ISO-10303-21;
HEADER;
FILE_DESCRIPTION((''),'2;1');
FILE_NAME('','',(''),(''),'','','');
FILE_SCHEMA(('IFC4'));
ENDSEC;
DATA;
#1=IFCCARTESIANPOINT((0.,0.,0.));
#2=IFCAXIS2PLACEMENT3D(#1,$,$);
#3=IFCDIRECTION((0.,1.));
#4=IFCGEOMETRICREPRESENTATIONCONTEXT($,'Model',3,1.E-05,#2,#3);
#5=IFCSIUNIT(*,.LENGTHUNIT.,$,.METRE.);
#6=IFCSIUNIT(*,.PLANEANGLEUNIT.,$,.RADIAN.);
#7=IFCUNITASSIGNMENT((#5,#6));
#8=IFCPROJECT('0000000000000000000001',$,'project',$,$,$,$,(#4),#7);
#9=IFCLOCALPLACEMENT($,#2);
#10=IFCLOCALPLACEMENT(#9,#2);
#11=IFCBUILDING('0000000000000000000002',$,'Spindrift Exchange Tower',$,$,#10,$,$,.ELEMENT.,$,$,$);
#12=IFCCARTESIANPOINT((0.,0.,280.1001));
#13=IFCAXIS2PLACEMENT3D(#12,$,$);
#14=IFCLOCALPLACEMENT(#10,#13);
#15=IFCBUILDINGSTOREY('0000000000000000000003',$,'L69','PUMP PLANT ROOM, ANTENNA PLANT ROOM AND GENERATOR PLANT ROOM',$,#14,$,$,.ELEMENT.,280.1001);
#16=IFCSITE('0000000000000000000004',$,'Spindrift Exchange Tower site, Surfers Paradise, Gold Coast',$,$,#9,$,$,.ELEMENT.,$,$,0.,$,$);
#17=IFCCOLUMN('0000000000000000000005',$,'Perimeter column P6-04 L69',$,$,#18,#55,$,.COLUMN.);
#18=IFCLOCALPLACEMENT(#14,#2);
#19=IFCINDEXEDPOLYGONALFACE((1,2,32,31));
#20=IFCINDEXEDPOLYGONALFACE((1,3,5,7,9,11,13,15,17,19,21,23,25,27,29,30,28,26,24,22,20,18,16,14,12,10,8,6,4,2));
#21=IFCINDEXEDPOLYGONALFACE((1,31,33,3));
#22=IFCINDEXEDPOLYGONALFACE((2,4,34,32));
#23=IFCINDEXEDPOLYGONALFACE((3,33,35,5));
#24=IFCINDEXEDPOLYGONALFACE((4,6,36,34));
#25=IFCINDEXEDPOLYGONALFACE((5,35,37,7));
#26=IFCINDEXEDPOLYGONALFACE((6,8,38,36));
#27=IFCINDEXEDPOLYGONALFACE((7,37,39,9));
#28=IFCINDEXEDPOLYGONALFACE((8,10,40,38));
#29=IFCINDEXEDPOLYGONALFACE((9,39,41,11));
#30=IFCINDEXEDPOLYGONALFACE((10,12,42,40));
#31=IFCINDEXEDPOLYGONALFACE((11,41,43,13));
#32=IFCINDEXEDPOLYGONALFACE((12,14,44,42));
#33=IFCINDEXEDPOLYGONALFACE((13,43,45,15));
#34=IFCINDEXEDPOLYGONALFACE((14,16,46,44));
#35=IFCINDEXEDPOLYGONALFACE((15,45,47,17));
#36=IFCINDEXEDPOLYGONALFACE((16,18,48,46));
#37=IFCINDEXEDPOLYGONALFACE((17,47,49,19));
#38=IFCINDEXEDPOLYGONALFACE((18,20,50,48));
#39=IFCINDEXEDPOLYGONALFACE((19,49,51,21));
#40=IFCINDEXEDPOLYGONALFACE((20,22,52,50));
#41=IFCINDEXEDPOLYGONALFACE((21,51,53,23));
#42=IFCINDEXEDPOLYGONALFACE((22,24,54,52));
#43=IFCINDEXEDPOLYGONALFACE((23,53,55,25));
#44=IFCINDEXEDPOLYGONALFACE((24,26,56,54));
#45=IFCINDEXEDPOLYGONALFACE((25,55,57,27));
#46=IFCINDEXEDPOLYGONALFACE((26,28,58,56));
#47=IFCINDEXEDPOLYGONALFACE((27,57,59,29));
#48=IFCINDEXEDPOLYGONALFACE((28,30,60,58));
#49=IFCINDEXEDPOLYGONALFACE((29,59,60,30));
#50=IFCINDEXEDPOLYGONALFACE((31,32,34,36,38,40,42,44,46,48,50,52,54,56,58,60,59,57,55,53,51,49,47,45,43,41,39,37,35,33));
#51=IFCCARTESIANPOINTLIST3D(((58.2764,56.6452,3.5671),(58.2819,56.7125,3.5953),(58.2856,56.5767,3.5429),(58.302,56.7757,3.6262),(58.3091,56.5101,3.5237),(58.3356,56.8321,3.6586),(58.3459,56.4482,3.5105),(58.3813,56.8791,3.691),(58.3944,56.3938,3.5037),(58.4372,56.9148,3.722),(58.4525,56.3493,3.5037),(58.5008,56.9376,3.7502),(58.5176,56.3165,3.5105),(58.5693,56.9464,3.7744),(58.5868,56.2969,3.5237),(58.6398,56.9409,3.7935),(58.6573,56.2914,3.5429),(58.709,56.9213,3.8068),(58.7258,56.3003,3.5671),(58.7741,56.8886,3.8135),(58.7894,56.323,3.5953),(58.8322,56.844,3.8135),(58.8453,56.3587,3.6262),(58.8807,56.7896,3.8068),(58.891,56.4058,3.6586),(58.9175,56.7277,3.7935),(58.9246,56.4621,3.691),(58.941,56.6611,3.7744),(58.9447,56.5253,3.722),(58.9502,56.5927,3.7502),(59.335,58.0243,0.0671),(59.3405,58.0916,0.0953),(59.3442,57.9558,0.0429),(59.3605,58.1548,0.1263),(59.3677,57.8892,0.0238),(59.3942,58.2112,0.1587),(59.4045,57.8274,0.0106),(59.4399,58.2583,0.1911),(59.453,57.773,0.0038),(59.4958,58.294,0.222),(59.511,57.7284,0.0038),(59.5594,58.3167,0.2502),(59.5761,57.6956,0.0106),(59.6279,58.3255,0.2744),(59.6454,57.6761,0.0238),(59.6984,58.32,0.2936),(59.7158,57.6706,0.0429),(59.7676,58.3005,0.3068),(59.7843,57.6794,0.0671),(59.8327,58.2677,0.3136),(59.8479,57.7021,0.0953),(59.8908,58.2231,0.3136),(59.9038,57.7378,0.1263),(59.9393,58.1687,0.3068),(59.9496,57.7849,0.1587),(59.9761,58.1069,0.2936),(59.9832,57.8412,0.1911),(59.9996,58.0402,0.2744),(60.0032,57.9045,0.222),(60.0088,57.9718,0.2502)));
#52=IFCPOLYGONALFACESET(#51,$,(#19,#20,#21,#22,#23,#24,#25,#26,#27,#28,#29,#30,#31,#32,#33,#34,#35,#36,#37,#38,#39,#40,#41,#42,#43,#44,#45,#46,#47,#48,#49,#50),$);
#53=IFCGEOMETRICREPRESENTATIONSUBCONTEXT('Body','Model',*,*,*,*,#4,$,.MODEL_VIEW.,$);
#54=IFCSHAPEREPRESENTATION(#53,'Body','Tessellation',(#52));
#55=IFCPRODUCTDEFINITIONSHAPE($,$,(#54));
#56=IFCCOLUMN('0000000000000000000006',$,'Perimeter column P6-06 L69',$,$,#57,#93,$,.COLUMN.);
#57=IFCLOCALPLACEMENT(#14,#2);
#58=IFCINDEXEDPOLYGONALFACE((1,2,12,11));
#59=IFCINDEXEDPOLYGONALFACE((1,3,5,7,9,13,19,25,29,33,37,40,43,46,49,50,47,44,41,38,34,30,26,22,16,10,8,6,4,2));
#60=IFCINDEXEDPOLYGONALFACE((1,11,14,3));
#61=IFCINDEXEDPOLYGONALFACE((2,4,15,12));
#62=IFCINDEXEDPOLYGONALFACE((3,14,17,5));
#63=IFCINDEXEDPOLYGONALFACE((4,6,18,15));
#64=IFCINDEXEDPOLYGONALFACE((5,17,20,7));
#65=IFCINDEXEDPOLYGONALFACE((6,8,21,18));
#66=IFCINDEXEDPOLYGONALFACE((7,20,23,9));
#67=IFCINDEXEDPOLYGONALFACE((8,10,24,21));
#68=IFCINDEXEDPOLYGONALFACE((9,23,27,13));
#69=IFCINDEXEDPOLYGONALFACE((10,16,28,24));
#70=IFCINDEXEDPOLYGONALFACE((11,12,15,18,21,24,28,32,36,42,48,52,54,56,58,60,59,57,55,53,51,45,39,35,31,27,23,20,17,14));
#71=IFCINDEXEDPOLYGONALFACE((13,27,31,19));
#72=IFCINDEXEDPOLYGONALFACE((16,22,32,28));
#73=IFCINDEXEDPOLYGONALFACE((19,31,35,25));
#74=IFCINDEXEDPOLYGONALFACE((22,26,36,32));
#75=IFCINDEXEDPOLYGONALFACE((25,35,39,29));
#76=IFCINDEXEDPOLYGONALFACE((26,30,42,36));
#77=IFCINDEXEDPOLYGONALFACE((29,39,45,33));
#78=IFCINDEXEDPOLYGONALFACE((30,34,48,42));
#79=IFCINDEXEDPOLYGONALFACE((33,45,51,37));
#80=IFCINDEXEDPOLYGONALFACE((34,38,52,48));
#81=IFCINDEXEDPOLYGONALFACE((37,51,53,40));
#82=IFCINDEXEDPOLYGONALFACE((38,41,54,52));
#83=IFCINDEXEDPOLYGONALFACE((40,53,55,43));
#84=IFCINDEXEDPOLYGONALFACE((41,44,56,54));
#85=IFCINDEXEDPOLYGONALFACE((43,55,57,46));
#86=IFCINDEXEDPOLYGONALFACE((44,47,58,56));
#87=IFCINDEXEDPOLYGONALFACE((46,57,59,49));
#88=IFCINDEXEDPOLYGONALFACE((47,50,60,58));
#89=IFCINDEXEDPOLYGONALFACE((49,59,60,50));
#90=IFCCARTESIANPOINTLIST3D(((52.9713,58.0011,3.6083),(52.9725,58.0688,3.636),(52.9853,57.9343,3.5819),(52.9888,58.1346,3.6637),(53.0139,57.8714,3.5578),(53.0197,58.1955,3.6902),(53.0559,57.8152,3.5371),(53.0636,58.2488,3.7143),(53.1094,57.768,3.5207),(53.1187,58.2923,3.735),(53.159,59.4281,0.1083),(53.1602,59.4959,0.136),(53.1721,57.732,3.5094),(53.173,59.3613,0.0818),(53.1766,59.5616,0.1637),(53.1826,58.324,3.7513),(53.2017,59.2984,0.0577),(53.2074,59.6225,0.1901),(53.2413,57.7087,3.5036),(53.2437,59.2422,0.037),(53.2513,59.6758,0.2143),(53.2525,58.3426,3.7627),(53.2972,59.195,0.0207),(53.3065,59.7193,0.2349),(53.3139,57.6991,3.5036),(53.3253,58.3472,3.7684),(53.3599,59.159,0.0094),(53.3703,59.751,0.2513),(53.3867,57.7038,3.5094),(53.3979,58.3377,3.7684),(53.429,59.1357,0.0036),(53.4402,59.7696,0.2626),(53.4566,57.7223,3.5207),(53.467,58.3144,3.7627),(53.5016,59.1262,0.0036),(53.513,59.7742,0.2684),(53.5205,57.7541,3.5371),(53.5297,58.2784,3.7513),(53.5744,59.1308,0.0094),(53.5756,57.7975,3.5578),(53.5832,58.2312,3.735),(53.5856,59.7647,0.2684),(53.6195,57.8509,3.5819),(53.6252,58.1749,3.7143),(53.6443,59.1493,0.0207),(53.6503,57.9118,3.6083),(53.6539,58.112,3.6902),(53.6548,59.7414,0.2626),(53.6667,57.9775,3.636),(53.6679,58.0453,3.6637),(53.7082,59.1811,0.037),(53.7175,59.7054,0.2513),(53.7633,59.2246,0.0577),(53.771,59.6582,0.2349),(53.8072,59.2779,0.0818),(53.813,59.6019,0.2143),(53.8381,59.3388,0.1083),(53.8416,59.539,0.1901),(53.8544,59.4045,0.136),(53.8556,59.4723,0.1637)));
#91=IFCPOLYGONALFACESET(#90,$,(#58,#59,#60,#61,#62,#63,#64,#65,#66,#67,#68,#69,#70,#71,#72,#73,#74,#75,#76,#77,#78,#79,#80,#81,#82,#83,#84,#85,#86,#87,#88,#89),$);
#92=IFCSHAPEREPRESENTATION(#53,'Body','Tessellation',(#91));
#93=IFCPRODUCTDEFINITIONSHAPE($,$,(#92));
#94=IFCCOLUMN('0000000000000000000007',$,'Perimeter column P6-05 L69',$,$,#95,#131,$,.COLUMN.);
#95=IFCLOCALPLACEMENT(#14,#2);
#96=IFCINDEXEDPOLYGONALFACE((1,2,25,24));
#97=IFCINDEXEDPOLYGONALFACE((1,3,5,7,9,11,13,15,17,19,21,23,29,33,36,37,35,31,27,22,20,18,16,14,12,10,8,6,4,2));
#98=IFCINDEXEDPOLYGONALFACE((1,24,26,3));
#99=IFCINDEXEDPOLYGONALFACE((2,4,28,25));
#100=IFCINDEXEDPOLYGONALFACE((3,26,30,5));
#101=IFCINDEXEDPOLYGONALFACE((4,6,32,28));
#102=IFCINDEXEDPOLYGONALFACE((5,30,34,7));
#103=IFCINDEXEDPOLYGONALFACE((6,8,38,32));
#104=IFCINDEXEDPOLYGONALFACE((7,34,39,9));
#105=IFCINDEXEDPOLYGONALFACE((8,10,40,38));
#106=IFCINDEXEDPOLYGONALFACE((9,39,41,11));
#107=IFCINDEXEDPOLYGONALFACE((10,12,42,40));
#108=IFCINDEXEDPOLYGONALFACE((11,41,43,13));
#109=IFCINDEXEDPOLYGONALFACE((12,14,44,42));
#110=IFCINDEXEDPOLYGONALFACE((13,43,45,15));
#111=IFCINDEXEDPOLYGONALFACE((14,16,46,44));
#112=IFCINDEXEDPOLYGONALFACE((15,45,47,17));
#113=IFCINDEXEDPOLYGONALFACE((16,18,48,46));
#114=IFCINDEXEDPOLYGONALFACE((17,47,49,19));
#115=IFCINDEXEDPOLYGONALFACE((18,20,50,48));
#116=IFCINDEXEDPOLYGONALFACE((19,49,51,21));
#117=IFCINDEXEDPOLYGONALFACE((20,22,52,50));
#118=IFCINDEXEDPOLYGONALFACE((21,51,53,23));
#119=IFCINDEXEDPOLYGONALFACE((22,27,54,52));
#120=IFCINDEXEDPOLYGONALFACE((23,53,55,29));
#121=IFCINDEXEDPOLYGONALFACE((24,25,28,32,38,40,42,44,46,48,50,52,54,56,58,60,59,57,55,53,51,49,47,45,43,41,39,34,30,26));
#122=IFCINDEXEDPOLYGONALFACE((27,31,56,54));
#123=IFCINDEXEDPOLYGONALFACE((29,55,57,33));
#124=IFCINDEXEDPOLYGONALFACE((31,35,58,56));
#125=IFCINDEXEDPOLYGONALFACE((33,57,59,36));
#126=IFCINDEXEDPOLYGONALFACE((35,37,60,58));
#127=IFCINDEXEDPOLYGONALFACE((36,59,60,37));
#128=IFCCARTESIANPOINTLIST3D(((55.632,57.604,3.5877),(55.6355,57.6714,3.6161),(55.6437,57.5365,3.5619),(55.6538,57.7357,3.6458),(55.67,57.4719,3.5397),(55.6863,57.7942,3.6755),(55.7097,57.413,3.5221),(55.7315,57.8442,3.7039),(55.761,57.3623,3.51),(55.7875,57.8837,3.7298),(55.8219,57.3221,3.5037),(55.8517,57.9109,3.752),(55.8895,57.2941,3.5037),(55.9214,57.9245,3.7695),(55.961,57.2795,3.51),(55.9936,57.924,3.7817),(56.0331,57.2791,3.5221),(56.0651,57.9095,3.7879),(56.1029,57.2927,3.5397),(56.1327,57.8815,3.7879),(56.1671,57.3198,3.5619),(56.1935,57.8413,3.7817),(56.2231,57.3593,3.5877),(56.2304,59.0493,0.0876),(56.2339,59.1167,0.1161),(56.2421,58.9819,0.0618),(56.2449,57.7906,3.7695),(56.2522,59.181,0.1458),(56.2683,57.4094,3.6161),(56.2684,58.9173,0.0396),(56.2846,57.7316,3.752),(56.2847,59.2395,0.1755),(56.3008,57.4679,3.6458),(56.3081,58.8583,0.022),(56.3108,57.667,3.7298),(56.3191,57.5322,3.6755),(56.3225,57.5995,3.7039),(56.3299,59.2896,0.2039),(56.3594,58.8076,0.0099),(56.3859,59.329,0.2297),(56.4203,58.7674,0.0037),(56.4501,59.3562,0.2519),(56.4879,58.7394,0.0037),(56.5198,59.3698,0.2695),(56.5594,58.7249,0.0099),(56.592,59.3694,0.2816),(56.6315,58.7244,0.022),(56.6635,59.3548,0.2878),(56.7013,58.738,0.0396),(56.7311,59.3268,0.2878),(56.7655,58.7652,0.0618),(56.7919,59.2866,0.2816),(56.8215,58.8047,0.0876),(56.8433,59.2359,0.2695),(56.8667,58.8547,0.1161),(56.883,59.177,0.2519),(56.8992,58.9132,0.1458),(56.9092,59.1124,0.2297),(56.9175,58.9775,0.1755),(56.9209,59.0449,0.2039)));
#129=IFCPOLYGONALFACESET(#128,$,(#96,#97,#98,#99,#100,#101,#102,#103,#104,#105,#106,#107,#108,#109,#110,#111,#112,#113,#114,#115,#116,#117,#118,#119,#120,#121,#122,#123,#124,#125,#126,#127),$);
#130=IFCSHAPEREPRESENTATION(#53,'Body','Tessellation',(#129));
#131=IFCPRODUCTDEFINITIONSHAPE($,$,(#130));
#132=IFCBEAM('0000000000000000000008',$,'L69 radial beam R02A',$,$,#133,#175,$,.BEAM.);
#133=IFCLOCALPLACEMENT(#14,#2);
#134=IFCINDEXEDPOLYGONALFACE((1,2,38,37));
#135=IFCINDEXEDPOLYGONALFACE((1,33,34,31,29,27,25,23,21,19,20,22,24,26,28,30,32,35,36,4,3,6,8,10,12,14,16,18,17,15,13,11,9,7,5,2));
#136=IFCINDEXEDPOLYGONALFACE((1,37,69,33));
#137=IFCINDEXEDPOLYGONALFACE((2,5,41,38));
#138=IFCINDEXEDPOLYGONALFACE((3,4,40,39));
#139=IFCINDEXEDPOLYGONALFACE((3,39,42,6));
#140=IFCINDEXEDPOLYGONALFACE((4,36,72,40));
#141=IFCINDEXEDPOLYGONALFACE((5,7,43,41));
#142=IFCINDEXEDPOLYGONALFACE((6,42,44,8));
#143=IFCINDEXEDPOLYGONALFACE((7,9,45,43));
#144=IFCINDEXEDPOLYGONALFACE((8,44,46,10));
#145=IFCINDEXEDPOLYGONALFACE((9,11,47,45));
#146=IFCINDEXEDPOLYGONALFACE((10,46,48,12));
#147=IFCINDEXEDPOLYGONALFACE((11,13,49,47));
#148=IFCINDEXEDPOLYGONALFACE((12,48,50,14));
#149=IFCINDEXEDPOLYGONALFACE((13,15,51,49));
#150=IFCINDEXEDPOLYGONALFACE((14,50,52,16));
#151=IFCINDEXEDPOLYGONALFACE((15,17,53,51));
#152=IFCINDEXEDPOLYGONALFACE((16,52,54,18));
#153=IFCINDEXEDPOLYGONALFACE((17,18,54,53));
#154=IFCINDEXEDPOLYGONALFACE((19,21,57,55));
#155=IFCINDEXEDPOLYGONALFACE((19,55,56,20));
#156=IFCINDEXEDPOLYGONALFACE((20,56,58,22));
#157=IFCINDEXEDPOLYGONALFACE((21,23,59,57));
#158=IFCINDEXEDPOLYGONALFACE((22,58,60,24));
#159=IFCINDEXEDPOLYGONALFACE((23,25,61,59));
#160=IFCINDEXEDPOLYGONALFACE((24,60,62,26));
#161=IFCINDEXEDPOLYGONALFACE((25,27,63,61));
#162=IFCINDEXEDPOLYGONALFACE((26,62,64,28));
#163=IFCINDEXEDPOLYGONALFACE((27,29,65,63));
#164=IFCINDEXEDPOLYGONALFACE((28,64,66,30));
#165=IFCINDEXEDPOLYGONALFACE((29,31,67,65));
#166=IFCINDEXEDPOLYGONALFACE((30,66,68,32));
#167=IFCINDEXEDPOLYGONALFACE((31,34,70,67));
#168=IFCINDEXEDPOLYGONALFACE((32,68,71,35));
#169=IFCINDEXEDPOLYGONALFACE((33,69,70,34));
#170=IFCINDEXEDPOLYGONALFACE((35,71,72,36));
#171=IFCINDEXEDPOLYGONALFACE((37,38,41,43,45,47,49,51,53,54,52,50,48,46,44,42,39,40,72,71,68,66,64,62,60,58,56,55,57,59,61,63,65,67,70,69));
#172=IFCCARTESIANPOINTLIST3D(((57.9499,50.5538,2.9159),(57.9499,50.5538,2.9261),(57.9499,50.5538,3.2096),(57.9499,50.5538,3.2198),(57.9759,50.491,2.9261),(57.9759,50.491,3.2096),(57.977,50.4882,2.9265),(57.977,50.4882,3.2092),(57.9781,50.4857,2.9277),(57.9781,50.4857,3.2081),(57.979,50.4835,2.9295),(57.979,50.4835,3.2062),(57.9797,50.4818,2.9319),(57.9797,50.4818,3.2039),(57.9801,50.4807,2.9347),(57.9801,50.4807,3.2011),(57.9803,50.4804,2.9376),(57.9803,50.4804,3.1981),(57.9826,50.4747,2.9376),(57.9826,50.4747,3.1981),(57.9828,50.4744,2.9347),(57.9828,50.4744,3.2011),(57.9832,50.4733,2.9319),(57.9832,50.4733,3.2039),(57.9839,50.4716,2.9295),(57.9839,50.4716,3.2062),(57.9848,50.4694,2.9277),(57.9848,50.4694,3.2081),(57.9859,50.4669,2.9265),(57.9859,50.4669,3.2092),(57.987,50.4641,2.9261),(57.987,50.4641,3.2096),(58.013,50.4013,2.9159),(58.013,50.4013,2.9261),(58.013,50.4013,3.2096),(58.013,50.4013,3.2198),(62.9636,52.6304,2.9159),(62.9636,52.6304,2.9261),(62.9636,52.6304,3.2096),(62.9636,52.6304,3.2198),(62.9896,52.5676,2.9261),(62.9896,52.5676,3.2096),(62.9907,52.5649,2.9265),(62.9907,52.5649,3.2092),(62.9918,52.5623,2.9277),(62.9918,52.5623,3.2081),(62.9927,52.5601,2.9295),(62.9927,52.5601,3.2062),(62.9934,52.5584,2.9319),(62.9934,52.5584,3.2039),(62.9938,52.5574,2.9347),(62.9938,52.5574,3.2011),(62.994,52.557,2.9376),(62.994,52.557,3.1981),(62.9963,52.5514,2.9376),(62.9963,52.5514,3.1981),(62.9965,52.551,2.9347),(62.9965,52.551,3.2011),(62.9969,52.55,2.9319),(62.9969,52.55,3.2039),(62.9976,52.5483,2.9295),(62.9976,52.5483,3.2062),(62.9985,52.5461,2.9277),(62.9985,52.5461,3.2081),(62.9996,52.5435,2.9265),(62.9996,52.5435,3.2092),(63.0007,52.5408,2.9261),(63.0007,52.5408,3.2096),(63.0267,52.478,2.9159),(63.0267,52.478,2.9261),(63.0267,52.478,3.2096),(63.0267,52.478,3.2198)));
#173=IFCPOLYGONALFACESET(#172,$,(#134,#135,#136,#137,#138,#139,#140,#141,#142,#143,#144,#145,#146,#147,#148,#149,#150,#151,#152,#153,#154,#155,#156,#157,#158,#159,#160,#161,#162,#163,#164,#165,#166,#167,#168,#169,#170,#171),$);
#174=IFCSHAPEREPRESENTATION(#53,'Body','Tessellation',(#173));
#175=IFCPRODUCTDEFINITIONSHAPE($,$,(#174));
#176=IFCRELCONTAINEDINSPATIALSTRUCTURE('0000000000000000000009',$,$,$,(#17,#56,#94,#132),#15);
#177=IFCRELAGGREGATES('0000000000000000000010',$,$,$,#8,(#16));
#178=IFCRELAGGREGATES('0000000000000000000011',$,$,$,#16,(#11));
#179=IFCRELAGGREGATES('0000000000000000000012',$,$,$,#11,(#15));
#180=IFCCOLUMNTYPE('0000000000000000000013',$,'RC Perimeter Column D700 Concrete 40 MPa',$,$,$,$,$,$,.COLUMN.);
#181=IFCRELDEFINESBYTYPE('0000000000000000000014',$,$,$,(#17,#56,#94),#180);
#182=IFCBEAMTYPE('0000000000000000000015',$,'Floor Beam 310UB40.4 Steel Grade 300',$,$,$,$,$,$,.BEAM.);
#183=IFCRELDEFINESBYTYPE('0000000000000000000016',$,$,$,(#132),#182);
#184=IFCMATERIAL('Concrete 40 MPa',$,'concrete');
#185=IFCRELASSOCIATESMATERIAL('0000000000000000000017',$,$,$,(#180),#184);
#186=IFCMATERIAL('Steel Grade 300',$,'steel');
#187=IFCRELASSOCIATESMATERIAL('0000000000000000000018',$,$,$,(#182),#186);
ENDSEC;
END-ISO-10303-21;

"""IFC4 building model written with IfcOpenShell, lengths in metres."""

from ifc_helpers import new_model, si_unit, direction, frame, origin, origin_2d, place, context, subcontext, project, spatial, circle, i_section, extrude, source, transform, mapped, material, material_profile, profile_set, type_object, element, save


model = new_model("IFC4")

# Units and contexts
model_context = context("Model", 3, precision=1e-05, world=origin(), true_north=direction((0.0, 1.0)))
body_context = subcontext(model_context, "Body", "Model", "MODEL_VIEW")
ifc_project = project(units=[si_unit("LENGTHUNIT", "METRE"), si_unit("PLANEANGLEUNIT", "RADIAN")], contexts=[model_context])

# Site, building, storey
site_placement = place(None, origin())
site = spatial("IfcSite", under=ifc_project, at=site_placement, Name="Spindrift Exchange Tower site, Surfers Paradise, Gold Coast", CompositionType="ELEMENT", RefElevation=0.0)
building_placement = place(site_placement, origin())
building = spatial("IfcBuilding", under=site, at=building_placement, Name="Spindrift Exchange Tower", CompositionType="ELEMENT")
storey_placement = place(building_placement, frame((0.0, 0.0, 280.1001)))
storey = spatial("IfcBuildingStorey", under=building, at=storey_placement, Name="L69", Description="PUMP PLANT ROOM, ANTENNA PLANT ROOM AND GENERATOR PLANT ROOM", CompositionType="ELEMENT", Elevation=280.1001)

# Columns
ifc_material_1 = material(Name="Concrete 40 MPa", Category="concrete")
ifc_material_profile_1 = material_profile(ifc_material_1, circle(Radius=0.3501, at=origin_2d()), Name="RC D700")
ifc_profile_set_1 = profile_set([ifc_material_profile_1], Name="Concrete 40 MPa")
column_type = type_object("IfcColumnType", Name="RC Perimeter Column D700 Concrete 40 MPa", PredefinedType="COLUMN", material=ifc_profile_set_1)
shared_shape_1 = source(origin(), body_context, "Body", "SweptSolid", [
    extrude(circle(Radius=0.3501, at=origin_2d()), origin(), (0.0, 0.0, 1.0), 3.908),
])
column_1_placement = place(storey_placement, frame((59.6719, 57.998, 0.1587), z_axis=(-0.270877, -0.352902, 0.895593), x_axis=(0.79326, -0.608882, 0.0)))
element("IfcColumn", 1, at=column_1_placement, inside=storey, type_object=column_type, Name="Perimeter column P6-04 L69", PredefinedType="COLUMN", context=body_context, shape_type="MappedRepresentation", body=[
    mapped(shared_shape_1, transform((0.0, 0.0, 0.0), scale=1.0)),
])
shared_shape_2 = source(origin(), body_context, "Body", "SweptSolid", [
    extrude(circle(Radius=0.3501, at=origin_2d()), origin(), (0.0, 0.0, 1.0), 3.7844),
])
column_2_placement = place(storey_placement, frame((53.5073, 59.4502, 0.136), z_axis=(-0.04961, -0.377076, 0.924853), x_axis=(0.991456, -0.130441, 0.0)))
element("IfcColumn", 2, at=column_2_placement, inside=storey, type_object=column_type, Name="Perimeter column P6-06 L69", PredefinedType="COLUMN", context=body_context, shape_type="MappedRepresentation", body=[
    mapped(shared_shape_2, transform((0.0, 0.0, 0.0), scale=1.0)),
])
shared_shape_3 = source(origin(), body_context, "Body", "SweptSolid", [
    extrude(circle(Radius=0.3501, at=origin_2d()), origin(), (0.0, 0.0, 1.0), 3.8337),
])
column_3_placement = place(storey_placement, frame((56.5757, 59.0471, 0.1458), z_axis=(-0.156088, -0.377005, 0.912964), x_axis=(0.923943, -0.382531, 0.0)))
element("IfcColumn", 3, at=column_3_placement, inside=storey, type_object=column_type, Name="Perimeter column P6-05 L69", PredefinedType="COLUMN", context=body_context, shape_type="MappedRepresentation", body=[
    mapped(shared_shape_3, transform((0.0, 0.0, 0.0), scale=1.0)),
])

# Beam
ifc_material_2 = material(Name="Steel Grade 300", Category="steel")
ifc_material_profile_2 = material_profile(ifc_material_2, i_section(OverallWidth=0.165, OverallDepth=0.304, WebThickness=0.0061, FlangeThickness=0.0103, FilletRadius=0.0115, at=origin_2d()), Name="310UB40.4")
ifc_profile_set_2 = profile_set([ifc_material_profile_2], Name="Steel Grade 300")
beam_type_1 = type_object("IfcBeamType", Name="Floor Beam 310UB40.4 Steel Grade 300", PredefinedType="BEAM", material=ifc_profile_set_2)
shared_shape_4 = source(origin(), body_context, "Body", "SweptSolid", [
    extrude(i_section(OverallWidth=0.165, OverallDepth=0.304, WebThickness=0.0061, FlangeThickness=0.0103, FilletRadius=0.0115, at=origin_2d()), origin(), (0.0, 0.0, 1.0), 5.4268),
])
beam_1_placement = place(storey_placement, frame((57.9814, 50.4775, 3.0679), z_axis=(0.923884, 0.382672, 0.0), x_axis=(-0.382672, 0.923884, 0.0)))
element("IfcBeam", 4, at=beam_1_placement, inside=storey, type_object=beam_type_1, Name="L69 radial beam R02A", PredefinedType="BEAM", context=body_context, shape_type="MappedRepresentation", body=[
    mapped(shared_shape_4, transform((0.0, 0.0, 0.0), scale=1.0)),
])

save(model, "model.ifc")
